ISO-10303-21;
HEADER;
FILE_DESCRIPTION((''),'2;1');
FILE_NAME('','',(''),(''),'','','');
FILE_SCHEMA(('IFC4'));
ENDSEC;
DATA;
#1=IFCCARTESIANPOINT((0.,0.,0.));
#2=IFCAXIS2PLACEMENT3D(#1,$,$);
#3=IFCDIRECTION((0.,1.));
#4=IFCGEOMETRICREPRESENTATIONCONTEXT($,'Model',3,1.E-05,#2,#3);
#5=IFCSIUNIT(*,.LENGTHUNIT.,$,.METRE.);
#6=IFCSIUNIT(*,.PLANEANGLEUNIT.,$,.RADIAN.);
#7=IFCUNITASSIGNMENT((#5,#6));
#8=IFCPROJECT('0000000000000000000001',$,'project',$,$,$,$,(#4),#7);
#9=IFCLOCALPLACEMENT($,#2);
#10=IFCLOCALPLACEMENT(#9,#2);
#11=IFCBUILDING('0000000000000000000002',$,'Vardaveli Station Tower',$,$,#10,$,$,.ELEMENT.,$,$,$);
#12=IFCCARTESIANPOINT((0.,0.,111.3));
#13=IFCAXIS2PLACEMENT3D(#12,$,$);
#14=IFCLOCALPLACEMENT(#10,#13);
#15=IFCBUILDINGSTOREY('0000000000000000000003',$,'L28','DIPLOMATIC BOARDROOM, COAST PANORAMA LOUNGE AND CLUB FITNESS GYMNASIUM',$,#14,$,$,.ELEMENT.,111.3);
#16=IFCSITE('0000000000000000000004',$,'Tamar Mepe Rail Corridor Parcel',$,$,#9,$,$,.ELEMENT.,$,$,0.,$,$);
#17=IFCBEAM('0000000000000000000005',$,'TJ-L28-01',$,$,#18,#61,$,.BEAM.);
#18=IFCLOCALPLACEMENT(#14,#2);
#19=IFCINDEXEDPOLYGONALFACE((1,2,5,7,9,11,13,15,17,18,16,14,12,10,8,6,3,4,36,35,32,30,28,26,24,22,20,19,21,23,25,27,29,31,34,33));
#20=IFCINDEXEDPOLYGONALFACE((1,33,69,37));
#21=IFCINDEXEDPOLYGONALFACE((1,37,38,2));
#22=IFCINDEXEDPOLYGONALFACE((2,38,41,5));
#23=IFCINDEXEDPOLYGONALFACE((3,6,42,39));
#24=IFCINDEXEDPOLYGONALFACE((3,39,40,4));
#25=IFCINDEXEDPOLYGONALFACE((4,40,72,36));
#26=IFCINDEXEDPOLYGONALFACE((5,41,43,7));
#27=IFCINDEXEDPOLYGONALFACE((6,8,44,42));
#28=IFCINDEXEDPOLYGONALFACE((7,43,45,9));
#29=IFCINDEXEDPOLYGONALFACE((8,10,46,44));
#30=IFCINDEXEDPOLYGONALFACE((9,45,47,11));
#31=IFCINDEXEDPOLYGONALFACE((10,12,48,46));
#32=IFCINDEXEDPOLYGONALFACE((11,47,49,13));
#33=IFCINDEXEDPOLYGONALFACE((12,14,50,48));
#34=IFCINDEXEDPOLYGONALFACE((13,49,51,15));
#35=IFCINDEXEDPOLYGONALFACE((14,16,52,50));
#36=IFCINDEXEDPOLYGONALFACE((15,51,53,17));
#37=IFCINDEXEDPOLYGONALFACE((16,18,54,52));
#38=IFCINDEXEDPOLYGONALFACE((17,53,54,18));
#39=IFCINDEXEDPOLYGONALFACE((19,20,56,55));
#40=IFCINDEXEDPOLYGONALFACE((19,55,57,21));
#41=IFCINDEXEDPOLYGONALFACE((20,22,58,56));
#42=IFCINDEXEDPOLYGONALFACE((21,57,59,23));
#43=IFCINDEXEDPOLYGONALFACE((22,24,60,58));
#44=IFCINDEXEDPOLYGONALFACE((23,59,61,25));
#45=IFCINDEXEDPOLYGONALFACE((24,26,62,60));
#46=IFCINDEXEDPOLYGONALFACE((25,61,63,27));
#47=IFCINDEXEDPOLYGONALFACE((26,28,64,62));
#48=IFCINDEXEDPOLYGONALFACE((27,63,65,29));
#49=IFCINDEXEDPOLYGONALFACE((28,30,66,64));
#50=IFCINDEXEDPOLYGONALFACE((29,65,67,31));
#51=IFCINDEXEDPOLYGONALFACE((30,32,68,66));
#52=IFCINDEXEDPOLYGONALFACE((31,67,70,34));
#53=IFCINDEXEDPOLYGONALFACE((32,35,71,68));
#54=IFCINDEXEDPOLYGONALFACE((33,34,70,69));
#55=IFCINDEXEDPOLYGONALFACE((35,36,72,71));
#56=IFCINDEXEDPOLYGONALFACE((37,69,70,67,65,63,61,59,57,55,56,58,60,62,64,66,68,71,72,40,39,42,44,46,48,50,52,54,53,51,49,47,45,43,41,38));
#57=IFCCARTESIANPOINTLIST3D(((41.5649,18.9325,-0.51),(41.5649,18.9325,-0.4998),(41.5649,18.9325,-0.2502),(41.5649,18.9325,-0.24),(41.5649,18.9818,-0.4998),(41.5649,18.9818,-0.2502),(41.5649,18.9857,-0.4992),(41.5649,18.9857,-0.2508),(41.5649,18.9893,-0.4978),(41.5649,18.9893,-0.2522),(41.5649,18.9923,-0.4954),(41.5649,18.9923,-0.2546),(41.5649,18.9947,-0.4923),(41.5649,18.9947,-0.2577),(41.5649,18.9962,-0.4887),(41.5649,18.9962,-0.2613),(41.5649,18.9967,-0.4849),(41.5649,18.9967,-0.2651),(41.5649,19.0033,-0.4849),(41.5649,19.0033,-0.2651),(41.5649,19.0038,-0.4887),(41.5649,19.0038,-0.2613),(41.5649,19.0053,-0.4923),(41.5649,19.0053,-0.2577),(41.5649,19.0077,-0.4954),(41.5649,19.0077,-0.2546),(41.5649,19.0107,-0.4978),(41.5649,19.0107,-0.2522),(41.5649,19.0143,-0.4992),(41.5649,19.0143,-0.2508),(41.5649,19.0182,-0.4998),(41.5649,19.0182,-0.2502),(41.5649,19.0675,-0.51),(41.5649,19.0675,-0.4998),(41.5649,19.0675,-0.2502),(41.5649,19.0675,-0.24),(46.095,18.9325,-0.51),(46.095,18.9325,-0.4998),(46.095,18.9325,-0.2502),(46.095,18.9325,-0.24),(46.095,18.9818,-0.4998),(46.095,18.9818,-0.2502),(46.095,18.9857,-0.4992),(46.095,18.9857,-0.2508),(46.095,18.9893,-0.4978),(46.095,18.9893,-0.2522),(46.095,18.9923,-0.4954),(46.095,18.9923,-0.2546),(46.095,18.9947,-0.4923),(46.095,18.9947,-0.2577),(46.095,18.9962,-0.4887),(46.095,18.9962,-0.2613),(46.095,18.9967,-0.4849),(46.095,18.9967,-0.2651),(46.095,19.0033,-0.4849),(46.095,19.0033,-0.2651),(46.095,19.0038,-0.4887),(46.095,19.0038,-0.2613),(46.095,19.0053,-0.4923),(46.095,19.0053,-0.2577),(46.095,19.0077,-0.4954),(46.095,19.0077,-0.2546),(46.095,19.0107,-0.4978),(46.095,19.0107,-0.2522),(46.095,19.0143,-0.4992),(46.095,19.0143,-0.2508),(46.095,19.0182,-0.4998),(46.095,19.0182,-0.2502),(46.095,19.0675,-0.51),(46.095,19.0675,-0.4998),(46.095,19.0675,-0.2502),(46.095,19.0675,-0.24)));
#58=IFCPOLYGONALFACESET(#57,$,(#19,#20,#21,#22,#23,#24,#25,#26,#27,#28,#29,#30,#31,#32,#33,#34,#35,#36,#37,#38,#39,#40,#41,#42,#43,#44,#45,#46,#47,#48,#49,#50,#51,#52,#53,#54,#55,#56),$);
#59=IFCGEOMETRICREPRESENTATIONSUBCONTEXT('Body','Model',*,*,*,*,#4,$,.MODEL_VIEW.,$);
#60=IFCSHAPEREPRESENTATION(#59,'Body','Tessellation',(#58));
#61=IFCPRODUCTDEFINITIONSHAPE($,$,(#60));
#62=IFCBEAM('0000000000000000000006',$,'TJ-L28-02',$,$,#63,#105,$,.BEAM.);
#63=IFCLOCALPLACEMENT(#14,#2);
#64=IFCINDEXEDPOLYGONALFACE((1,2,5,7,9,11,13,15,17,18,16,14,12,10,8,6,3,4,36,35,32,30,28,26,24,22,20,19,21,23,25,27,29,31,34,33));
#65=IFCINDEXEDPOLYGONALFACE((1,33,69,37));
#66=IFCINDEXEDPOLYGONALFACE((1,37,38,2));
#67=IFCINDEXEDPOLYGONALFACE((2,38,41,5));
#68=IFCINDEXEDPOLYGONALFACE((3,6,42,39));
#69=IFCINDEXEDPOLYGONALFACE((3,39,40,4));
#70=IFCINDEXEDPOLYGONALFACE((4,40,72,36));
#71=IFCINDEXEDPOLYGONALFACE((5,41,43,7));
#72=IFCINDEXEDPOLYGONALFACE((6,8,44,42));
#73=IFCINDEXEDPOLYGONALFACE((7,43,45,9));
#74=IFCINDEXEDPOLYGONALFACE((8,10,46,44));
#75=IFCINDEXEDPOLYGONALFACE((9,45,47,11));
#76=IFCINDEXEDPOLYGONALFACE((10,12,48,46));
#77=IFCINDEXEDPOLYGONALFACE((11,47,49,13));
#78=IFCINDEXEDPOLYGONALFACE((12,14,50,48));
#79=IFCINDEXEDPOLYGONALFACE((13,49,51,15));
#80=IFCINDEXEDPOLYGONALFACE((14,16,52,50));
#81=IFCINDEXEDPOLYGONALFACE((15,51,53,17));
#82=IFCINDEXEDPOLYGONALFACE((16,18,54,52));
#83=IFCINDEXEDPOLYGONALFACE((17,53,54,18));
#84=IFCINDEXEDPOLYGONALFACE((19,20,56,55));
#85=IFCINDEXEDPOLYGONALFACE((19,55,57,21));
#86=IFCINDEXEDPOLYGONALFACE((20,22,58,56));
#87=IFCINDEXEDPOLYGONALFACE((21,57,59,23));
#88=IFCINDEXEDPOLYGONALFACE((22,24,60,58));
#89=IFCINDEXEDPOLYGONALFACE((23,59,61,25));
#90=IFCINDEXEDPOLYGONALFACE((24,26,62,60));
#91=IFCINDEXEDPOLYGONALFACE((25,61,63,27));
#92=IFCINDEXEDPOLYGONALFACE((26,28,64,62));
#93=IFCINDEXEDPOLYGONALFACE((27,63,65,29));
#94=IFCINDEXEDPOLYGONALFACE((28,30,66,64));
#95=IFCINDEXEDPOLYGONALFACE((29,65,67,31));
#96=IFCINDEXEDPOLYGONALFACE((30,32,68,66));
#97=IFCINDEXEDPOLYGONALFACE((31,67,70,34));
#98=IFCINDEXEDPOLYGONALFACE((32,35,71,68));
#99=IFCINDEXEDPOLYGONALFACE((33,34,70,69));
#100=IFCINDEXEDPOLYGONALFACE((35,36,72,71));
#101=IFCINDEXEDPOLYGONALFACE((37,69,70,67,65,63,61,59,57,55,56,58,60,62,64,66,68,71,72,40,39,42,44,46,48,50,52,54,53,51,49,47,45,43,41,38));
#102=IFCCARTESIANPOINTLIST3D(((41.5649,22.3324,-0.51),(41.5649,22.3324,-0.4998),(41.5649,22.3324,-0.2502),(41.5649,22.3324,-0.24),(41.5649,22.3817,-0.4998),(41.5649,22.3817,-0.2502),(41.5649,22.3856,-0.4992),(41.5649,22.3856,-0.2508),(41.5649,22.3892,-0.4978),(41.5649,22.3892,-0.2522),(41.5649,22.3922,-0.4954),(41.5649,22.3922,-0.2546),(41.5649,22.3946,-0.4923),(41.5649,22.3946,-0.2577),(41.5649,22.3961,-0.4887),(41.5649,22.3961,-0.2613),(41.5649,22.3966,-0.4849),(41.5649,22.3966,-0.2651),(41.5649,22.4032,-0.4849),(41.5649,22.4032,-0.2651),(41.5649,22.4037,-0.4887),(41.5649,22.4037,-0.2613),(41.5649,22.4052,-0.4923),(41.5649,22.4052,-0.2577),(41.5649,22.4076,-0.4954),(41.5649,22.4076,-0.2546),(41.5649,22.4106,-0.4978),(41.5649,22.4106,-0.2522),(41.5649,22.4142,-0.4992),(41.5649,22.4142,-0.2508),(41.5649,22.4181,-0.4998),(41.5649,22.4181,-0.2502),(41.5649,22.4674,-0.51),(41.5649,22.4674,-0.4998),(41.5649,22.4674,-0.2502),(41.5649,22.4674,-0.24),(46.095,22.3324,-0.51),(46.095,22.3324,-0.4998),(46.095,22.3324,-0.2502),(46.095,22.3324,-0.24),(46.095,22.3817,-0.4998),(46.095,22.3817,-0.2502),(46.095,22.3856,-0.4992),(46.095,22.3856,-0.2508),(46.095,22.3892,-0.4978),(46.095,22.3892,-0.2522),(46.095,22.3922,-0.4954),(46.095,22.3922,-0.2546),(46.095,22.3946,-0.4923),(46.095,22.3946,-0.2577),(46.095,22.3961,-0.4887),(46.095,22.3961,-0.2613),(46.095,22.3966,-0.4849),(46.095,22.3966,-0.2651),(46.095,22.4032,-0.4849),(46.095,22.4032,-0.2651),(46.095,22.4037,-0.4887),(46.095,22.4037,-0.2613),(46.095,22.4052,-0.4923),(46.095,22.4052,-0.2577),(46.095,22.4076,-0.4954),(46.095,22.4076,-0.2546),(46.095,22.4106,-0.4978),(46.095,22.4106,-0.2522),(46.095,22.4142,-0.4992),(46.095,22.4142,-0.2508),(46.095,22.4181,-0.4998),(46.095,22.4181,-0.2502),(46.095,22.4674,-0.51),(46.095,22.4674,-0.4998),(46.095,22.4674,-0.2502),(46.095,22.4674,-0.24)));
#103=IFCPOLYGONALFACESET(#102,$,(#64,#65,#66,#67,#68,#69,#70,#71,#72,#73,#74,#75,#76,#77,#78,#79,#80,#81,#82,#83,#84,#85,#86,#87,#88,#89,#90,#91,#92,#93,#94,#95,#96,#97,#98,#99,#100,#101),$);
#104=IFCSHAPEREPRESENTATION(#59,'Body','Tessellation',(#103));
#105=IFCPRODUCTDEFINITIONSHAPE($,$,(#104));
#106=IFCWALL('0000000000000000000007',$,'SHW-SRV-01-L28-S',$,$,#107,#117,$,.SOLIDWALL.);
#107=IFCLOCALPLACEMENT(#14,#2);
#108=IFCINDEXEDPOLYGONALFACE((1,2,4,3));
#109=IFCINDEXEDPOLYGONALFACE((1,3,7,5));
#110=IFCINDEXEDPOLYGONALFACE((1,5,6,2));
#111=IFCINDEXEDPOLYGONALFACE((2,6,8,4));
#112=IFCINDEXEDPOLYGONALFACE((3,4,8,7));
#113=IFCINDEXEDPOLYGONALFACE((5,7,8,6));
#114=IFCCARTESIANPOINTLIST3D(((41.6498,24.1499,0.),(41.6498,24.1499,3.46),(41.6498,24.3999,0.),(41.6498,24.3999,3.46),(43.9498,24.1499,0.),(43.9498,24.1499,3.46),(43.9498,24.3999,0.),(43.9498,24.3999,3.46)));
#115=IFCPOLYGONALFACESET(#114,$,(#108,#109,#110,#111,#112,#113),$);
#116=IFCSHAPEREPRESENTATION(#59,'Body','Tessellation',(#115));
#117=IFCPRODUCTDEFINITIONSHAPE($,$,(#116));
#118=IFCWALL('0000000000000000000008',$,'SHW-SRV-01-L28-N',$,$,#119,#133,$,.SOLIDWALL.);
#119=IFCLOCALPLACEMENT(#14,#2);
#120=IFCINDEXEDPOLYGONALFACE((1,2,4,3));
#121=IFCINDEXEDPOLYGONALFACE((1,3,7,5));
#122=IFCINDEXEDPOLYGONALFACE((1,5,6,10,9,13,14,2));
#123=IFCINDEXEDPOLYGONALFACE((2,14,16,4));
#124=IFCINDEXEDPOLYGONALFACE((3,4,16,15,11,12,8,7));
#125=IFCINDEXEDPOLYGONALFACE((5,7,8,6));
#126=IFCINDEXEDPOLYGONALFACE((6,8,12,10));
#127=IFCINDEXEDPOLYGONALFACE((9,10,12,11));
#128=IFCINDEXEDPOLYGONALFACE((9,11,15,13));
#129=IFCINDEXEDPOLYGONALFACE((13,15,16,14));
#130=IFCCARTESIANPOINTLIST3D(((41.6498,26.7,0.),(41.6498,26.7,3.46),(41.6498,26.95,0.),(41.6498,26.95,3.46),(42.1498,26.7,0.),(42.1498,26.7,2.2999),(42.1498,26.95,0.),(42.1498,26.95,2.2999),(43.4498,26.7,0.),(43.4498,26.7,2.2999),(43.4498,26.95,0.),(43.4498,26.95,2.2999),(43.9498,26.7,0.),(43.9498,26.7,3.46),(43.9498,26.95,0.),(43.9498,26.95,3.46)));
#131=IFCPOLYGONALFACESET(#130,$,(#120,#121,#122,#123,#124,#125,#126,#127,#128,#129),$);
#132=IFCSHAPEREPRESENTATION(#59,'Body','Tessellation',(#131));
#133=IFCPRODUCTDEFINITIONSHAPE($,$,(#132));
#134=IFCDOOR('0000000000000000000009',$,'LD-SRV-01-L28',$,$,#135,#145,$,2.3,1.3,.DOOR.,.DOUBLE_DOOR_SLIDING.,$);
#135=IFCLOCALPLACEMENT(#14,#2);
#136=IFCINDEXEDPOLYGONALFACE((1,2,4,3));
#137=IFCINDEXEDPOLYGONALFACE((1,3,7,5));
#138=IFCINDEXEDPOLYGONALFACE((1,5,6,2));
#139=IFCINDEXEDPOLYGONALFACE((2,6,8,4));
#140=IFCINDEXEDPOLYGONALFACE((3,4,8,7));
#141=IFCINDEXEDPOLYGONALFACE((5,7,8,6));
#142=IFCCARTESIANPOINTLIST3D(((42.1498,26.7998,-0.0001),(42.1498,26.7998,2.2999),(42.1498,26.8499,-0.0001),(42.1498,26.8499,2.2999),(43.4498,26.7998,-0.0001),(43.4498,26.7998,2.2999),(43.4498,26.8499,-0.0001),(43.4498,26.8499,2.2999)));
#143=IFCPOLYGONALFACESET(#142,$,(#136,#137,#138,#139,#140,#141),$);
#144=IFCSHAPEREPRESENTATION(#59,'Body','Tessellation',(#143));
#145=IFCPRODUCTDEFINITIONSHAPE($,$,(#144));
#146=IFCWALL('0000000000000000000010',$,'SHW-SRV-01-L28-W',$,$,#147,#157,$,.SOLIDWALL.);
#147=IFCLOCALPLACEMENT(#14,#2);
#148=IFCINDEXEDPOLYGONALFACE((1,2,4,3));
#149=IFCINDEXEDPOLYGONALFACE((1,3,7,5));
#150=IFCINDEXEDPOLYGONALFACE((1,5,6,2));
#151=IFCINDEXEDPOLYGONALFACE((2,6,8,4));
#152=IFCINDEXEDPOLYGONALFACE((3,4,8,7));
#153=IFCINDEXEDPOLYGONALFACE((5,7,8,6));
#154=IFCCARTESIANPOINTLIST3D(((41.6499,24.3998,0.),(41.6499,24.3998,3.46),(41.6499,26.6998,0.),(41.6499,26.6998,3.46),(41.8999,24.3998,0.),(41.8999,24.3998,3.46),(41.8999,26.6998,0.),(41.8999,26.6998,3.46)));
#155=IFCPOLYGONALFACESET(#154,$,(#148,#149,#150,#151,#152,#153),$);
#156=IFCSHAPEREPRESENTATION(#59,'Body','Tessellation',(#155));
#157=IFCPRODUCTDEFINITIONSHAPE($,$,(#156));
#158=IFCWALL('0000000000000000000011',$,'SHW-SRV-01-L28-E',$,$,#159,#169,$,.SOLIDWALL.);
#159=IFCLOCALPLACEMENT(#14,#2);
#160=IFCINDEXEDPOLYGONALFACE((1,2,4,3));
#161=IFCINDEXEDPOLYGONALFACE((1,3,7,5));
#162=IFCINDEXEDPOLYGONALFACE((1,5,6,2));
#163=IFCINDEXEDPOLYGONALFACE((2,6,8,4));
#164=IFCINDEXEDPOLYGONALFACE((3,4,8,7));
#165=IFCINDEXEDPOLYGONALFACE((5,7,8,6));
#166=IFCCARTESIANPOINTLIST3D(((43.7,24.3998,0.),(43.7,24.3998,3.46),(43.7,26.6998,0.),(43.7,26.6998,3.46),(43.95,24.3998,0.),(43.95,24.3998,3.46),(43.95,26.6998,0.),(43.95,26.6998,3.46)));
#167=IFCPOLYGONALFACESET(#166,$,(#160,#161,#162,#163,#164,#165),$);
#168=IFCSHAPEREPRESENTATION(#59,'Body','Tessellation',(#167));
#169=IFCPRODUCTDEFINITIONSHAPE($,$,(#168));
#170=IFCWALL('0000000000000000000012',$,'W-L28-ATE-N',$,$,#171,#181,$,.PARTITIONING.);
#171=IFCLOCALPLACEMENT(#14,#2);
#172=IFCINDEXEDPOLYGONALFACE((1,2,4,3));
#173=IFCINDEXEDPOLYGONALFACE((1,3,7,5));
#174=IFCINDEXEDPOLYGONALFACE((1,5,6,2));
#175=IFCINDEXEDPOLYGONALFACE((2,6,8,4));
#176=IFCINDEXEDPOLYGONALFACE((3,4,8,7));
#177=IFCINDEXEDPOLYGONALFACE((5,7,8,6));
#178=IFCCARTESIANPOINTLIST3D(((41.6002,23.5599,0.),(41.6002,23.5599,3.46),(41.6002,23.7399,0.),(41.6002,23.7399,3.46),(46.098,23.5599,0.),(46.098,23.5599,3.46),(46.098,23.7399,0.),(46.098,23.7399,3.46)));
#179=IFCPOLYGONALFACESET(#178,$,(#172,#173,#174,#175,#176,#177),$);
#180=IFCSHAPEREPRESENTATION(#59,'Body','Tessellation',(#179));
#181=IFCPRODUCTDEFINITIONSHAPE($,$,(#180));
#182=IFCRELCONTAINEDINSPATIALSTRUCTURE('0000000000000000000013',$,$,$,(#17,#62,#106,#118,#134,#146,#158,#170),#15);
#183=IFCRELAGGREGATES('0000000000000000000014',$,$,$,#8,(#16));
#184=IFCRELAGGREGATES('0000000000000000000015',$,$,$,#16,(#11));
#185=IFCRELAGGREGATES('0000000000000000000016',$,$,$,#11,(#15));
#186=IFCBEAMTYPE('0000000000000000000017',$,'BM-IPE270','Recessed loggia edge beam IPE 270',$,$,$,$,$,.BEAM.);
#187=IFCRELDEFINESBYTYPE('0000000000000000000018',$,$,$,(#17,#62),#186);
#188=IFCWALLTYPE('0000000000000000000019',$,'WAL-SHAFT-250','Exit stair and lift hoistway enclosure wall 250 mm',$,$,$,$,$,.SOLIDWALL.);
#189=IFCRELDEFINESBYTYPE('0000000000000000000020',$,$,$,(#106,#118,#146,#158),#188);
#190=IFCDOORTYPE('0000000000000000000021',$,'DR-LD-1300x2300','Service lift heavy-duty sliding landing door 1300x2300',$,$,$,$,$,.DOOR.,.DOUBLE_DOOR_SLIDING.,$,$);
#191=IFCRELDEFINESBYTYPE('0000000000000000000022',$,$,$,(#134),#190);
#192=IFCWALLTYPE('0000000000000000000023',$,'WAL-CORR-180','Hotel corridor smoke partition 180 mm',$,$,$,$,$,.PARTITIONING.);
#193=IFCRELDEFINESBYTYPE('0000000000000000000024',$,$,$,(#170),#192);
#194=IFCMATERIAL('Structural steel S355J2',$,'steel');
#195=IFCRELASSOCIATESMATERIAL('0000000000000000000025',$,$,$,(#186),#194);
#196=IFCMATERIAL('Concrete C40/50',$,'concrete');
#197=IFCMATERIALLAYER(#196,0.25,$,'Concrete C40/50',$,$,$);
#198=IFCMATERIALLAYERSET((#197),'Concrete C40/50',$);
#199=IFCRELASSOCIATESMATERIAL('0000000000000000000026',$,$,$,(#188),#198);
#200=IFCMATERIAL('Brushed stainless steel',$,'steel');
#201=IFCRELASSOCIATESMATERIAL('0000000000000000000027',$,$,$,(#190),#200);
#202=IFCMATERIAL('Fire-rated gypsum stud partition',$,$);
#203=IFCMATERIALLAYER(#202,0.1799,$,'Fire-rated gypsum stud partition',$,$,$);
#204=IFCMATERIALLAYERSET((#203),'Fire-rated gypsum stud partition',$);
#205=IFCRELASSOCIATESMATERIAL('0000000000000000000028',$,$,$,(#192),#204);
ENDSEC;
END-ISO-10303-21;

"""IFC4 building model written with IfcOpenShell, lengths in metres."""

from ifc_helpers import new_model, si_unit, direction, frame, frame_2d, origin, origin_2d, place, context, subcontext, project, spatial, rectangle, i_section, extrude, source, transform, mapped, material, layer, layer_set, material_profile, profile_set, type_object, element, fill, save


model = new_model("IFC4")

# Units and contexts
model_context = context("Model", 3, precision=1e-05, world=origin(), true_north=direction((0.0, 1.0)))
body_context = subcontext(model_context, "Body", "Model", "MODEL_VIEW")
ifc_project = project(units=[si_unit("LENGTHUNIT", "METRE"), si_unit("PLANEANGLEUNIT", "RADIAN")], contexts=[model_context])

# Site, building, storey
site_placement = place(None, origin())
site = spatial("IfcSite", under=ifc_project, at=site_placement, Name="Tamar Mepe Rail Corridor Parcel", CompositionType="ELEMENT", RefElevation=0.0)
building_placement = place(site_placement, origin())
building = spatial("IfcBuilding", under=site, at=building_placement, Name="Vardaveli Station Tower", CompositionType="ELEMENT")
storey_placement = place(building_placement, frame((0.0, 0.0, 111.3)))
storey = spatial("IfcBuildingStorey", under=building, at=storey_placement, Name="L28", Description="DIPLOMATIC BOARDROOM, COAST PANORAMA LOUNGE AND CLUB FITNESS GYMNASIUM", CompositionType="ELEMENT", Elevation=111.3)

# Beams
ifc_material_1 = material(Name="Structural steel S355J2", Category="steel")
ifc_material_profile_1 = material_profile(ifc_material_1, i_section(OverallWidth=0.135, OverallDepth=0.27, WebThickness=0.0066, FlangeThickness=0.0103, FilletRadius=0.0149, at=origin_2d()), Name="IPE 270")
ifc_profile_set_1 = profile_set([ifc_material_profile_1], Name="Structural steel S355J2")
beam_type_1 = type_object("IfcBeamType", Name="BM-IPE270", Description="Recessed loggia edge beam IPE 270", PredefinedType="BEAM", material=ifc_profile_set_1)
shared_shape_1 = source(origin(), body_context, "Body", "SweptSolid", [
    extrude(i_section(OverallWidth=0.135, OverallDepth=0.27, WebThickness=0.0066, FlangeThickness=0.0103, FilletRadius=0.0149, at=origin_2d()), origin(), (0.0, 0.0, 1.0), 4.53),
])
for number, where, z_axis, x_axis, name in (
    (1, (41.5649, 19.0, -0.375), (1.0, 0.0, 0.0), (0.0, 1.0, 0.0), "TJ-L28-01"),
    (2, (41.5649, 22.3999, -0.375), (1.0, 0.0, 0.0), (0.0, 1.0, 0.0), "TJ-L28-02"),
):
    element("IfcBeam", number, at=place(storey_placement, frame(where, z_axis=z_axis, x_axis=x_axis)), inside=storey, type_object=beam_type_1, Name=name, PredefinedType="BEAM", context=body_context, shape_type="MappedRepresentation", body=[
        mapped(shared_shape_1, transform((0.0, 0.0, 0.0), scale=1.0)),
    ])

# Wall
ifc_material_2 = material(Name="Concrete C40/50", Category="concrete")
ifc_layer_1 = layer(ifc_material_2, 0.25, Name="Concrete C40/50")
ifc_layer_set_1 = layer_set([ifc_layer_1], Name="Concrete C40/50")
wall_type_1 = type_object("IfcWallType", Name="WAL-SHAFT-250", Description="Exit stair and lift hoistway enclosure wall 250 mm", PredefinedType="SOLIDWALL", material=ifc_layer_set_1)
shared_shape_2 = source(origin(), body_context, "Body", "SweptSolid", [
    extrude(rectangle(XDim=2.3, YDim=0.25, at=frame_2d((1.1499, 0.0))), origin(), (0.0, 0.0, 1.0), 3.46),
])
wall_1_placement = place(storey_placement, frame((41.6499, 24.2749, 0.0), z_axis=(0.0, 0.0, 1.0), x_axis=(1.0, 0.0, 0.0)))
element("IfcWall", 3, at=wall_1_placement, inside=storey, type_object=wall_type_1, Name="SHW-SRV-01-L28-S", PredefinedType="SOLIDWALL", context=body_context, shape_type="MappedRepresentation", body=[
    mapped(shared_shape_2, transform((0.0, 0.0, 0.0), scale=1.0)),
])

# Wall, opening, door
wall_2_placement = place(storey_placement, frame((41.6499, 26.825, 0.0), z_axis=(0.0, 0.0, 1.0), x_axis=(1.0, 0.0, 0.0)))
wall_2 = element("IfcWall", 4, at=wall_2_placement, inside=storey, type_object=wall_type_1, Name="SHW-SRV-01-L28-N", PredefinedType="SOLIDWALL", context=body_context, shape_type="MappedRepresentation", body=[
    mapped(shared_shape_2, transform((0.0, 0.0, 0.0), scale=1.0)),
])
shared_shape_3 = source(origin(), body_context, "Body", "SweptSolid", [
    extrude(rectangle(XDim=1.3, YDim=2.3, at=frame_2d((0.6499, 1.1499))), frame((0.0, 0.135, 0.0), z_axis=(0.0, -1.0, 0.0), x_axis=(1.0, 0.0, 0.0)), (0.0, 0.0, 1.0), 0.27),
])
opening_placement = place(wall_2_placement, frame((0.5, 0.0, 0.0)))
opening = element("IfcOpeningElement", 5, at=opening_placement, cuts=wall_2, PredefinedType="OPENING", context=body_context, shape_type="MappedRepresentation", body=[
    mapped(shared_shape_3, transform((0.0, 0.0, 0.0), scale=1.0)),
])
ifc_material_3 = material(Name="Brushed stainless steel", Category="steel")
door_type = type_object("IfcDoorType", Name="DR-LD-1300x2300", Description="Service lift heavy-duty sliding landing door 1300x2300", OperationType="DOUBLE_DOOR_SLIDING", PredefinedType="DOOR", material=ifc_material_3)
shared_shape_4 = source(origin(), body_context, "Body", "SweptSolid", [
    extrude(rectangle(XDim=1.3, YDim=2.3, at=frame_2d((0.6499, 1.1499))), frame((0.0, 0.0249, 0.0), z_axis=(0.0, -1.0, 0.0), x_axis=(1.0, 0.0, 0.0)), (0.0, 0.0, 1.0), 0.05),
])
door_placement = place(opening_placement, origin())
door = element("IfcDoor", 6, at=door_placement, inside=storey, type_object=door_type, Name="LD-SRV-01-L28", OperationType="DOUBLE_DOOR_SLIDING", OverallHeight=2.3, OverallWidth=1.3, PredefinedType="DOOR", context=body_context, shape_type="MappedRepresentation", body=[
    mapped(shared_shape_4, transform((0.0, 0.0, 0.0), scale=1.0)),
])
fill(opening, door)

# Walls
for number, where, z_axis, x_axis, name in (
    (7, (41.7749, 24.3999, 0.0), (0.0, 0.0, 1.0), (0.0, 1.0, 0.0), "SHW-SRV-01-L28-W"),
    (8, (43.825, 24.3999, 0.0), (0.0, 0.0, 1.0), (0.0, 1.0, 0.0), "SHW-SRV-01-L28-E"),
):
    element("IfcWall", number, at=place(storey_placement, frame(where, z_axis=z_axis, x_axis=x_axis)), inside=storey, type_object=wall_type_1, Name=name, PredefinedType="SOLIDWALL", context=body_context, shape_type="MappedRepresentation", body=[
        mapped(shared_shape_2, transform((0.0, 0.0, 0.0), scale=1.0)),
    ])
ifc_material_4 = material(Name="Fire-rated gypsum stud partition")
ifc_layer_2 = layer(ifc_material_4, 0.1799, Name="Fire-rated gypsum stud partition")
ifc_layer_set_2 = layer_set([ifc_layer_2], Name="Fire-rated gypsum stud partition")
wall_type_2 = type_object("IfcWallType", Name="WAL-CORR-180", Description="Hotel corridor smoke partition 180 mm", PredefinedType="PARTITIONING", material=ifc_layer_set_2)
shared_shape_5 = source(origin(), body_context, "Body", "SweptSolid", [
    extrude(rectangle(XDim=4.4978, YDim=0.1799, at=frame_2d((2.249, 0.0))), origin(), (0.0, 0.0, 1.0), 3.46),
])
wall_3_placement = place(storey_placement, frame((41.6001, 23.6499, 0.0), z_axis=(0.0, 0.0, 1.0), x_axis=(1.0, 0.0, 0.0)))
element("IfcWall", 9, at=wall_3_placement, inside=storey, type_object=wall_type_2, Name="W-L28-ATE-N", PredefinedType="PARTITIONING", context=body_context, shape_type="MappedRepresentation", body=[
    mapped(shared_shape_5, transform((0.0, 0.0, 0.0), scale=1.0)),
])

save(model, "model.ifc")
